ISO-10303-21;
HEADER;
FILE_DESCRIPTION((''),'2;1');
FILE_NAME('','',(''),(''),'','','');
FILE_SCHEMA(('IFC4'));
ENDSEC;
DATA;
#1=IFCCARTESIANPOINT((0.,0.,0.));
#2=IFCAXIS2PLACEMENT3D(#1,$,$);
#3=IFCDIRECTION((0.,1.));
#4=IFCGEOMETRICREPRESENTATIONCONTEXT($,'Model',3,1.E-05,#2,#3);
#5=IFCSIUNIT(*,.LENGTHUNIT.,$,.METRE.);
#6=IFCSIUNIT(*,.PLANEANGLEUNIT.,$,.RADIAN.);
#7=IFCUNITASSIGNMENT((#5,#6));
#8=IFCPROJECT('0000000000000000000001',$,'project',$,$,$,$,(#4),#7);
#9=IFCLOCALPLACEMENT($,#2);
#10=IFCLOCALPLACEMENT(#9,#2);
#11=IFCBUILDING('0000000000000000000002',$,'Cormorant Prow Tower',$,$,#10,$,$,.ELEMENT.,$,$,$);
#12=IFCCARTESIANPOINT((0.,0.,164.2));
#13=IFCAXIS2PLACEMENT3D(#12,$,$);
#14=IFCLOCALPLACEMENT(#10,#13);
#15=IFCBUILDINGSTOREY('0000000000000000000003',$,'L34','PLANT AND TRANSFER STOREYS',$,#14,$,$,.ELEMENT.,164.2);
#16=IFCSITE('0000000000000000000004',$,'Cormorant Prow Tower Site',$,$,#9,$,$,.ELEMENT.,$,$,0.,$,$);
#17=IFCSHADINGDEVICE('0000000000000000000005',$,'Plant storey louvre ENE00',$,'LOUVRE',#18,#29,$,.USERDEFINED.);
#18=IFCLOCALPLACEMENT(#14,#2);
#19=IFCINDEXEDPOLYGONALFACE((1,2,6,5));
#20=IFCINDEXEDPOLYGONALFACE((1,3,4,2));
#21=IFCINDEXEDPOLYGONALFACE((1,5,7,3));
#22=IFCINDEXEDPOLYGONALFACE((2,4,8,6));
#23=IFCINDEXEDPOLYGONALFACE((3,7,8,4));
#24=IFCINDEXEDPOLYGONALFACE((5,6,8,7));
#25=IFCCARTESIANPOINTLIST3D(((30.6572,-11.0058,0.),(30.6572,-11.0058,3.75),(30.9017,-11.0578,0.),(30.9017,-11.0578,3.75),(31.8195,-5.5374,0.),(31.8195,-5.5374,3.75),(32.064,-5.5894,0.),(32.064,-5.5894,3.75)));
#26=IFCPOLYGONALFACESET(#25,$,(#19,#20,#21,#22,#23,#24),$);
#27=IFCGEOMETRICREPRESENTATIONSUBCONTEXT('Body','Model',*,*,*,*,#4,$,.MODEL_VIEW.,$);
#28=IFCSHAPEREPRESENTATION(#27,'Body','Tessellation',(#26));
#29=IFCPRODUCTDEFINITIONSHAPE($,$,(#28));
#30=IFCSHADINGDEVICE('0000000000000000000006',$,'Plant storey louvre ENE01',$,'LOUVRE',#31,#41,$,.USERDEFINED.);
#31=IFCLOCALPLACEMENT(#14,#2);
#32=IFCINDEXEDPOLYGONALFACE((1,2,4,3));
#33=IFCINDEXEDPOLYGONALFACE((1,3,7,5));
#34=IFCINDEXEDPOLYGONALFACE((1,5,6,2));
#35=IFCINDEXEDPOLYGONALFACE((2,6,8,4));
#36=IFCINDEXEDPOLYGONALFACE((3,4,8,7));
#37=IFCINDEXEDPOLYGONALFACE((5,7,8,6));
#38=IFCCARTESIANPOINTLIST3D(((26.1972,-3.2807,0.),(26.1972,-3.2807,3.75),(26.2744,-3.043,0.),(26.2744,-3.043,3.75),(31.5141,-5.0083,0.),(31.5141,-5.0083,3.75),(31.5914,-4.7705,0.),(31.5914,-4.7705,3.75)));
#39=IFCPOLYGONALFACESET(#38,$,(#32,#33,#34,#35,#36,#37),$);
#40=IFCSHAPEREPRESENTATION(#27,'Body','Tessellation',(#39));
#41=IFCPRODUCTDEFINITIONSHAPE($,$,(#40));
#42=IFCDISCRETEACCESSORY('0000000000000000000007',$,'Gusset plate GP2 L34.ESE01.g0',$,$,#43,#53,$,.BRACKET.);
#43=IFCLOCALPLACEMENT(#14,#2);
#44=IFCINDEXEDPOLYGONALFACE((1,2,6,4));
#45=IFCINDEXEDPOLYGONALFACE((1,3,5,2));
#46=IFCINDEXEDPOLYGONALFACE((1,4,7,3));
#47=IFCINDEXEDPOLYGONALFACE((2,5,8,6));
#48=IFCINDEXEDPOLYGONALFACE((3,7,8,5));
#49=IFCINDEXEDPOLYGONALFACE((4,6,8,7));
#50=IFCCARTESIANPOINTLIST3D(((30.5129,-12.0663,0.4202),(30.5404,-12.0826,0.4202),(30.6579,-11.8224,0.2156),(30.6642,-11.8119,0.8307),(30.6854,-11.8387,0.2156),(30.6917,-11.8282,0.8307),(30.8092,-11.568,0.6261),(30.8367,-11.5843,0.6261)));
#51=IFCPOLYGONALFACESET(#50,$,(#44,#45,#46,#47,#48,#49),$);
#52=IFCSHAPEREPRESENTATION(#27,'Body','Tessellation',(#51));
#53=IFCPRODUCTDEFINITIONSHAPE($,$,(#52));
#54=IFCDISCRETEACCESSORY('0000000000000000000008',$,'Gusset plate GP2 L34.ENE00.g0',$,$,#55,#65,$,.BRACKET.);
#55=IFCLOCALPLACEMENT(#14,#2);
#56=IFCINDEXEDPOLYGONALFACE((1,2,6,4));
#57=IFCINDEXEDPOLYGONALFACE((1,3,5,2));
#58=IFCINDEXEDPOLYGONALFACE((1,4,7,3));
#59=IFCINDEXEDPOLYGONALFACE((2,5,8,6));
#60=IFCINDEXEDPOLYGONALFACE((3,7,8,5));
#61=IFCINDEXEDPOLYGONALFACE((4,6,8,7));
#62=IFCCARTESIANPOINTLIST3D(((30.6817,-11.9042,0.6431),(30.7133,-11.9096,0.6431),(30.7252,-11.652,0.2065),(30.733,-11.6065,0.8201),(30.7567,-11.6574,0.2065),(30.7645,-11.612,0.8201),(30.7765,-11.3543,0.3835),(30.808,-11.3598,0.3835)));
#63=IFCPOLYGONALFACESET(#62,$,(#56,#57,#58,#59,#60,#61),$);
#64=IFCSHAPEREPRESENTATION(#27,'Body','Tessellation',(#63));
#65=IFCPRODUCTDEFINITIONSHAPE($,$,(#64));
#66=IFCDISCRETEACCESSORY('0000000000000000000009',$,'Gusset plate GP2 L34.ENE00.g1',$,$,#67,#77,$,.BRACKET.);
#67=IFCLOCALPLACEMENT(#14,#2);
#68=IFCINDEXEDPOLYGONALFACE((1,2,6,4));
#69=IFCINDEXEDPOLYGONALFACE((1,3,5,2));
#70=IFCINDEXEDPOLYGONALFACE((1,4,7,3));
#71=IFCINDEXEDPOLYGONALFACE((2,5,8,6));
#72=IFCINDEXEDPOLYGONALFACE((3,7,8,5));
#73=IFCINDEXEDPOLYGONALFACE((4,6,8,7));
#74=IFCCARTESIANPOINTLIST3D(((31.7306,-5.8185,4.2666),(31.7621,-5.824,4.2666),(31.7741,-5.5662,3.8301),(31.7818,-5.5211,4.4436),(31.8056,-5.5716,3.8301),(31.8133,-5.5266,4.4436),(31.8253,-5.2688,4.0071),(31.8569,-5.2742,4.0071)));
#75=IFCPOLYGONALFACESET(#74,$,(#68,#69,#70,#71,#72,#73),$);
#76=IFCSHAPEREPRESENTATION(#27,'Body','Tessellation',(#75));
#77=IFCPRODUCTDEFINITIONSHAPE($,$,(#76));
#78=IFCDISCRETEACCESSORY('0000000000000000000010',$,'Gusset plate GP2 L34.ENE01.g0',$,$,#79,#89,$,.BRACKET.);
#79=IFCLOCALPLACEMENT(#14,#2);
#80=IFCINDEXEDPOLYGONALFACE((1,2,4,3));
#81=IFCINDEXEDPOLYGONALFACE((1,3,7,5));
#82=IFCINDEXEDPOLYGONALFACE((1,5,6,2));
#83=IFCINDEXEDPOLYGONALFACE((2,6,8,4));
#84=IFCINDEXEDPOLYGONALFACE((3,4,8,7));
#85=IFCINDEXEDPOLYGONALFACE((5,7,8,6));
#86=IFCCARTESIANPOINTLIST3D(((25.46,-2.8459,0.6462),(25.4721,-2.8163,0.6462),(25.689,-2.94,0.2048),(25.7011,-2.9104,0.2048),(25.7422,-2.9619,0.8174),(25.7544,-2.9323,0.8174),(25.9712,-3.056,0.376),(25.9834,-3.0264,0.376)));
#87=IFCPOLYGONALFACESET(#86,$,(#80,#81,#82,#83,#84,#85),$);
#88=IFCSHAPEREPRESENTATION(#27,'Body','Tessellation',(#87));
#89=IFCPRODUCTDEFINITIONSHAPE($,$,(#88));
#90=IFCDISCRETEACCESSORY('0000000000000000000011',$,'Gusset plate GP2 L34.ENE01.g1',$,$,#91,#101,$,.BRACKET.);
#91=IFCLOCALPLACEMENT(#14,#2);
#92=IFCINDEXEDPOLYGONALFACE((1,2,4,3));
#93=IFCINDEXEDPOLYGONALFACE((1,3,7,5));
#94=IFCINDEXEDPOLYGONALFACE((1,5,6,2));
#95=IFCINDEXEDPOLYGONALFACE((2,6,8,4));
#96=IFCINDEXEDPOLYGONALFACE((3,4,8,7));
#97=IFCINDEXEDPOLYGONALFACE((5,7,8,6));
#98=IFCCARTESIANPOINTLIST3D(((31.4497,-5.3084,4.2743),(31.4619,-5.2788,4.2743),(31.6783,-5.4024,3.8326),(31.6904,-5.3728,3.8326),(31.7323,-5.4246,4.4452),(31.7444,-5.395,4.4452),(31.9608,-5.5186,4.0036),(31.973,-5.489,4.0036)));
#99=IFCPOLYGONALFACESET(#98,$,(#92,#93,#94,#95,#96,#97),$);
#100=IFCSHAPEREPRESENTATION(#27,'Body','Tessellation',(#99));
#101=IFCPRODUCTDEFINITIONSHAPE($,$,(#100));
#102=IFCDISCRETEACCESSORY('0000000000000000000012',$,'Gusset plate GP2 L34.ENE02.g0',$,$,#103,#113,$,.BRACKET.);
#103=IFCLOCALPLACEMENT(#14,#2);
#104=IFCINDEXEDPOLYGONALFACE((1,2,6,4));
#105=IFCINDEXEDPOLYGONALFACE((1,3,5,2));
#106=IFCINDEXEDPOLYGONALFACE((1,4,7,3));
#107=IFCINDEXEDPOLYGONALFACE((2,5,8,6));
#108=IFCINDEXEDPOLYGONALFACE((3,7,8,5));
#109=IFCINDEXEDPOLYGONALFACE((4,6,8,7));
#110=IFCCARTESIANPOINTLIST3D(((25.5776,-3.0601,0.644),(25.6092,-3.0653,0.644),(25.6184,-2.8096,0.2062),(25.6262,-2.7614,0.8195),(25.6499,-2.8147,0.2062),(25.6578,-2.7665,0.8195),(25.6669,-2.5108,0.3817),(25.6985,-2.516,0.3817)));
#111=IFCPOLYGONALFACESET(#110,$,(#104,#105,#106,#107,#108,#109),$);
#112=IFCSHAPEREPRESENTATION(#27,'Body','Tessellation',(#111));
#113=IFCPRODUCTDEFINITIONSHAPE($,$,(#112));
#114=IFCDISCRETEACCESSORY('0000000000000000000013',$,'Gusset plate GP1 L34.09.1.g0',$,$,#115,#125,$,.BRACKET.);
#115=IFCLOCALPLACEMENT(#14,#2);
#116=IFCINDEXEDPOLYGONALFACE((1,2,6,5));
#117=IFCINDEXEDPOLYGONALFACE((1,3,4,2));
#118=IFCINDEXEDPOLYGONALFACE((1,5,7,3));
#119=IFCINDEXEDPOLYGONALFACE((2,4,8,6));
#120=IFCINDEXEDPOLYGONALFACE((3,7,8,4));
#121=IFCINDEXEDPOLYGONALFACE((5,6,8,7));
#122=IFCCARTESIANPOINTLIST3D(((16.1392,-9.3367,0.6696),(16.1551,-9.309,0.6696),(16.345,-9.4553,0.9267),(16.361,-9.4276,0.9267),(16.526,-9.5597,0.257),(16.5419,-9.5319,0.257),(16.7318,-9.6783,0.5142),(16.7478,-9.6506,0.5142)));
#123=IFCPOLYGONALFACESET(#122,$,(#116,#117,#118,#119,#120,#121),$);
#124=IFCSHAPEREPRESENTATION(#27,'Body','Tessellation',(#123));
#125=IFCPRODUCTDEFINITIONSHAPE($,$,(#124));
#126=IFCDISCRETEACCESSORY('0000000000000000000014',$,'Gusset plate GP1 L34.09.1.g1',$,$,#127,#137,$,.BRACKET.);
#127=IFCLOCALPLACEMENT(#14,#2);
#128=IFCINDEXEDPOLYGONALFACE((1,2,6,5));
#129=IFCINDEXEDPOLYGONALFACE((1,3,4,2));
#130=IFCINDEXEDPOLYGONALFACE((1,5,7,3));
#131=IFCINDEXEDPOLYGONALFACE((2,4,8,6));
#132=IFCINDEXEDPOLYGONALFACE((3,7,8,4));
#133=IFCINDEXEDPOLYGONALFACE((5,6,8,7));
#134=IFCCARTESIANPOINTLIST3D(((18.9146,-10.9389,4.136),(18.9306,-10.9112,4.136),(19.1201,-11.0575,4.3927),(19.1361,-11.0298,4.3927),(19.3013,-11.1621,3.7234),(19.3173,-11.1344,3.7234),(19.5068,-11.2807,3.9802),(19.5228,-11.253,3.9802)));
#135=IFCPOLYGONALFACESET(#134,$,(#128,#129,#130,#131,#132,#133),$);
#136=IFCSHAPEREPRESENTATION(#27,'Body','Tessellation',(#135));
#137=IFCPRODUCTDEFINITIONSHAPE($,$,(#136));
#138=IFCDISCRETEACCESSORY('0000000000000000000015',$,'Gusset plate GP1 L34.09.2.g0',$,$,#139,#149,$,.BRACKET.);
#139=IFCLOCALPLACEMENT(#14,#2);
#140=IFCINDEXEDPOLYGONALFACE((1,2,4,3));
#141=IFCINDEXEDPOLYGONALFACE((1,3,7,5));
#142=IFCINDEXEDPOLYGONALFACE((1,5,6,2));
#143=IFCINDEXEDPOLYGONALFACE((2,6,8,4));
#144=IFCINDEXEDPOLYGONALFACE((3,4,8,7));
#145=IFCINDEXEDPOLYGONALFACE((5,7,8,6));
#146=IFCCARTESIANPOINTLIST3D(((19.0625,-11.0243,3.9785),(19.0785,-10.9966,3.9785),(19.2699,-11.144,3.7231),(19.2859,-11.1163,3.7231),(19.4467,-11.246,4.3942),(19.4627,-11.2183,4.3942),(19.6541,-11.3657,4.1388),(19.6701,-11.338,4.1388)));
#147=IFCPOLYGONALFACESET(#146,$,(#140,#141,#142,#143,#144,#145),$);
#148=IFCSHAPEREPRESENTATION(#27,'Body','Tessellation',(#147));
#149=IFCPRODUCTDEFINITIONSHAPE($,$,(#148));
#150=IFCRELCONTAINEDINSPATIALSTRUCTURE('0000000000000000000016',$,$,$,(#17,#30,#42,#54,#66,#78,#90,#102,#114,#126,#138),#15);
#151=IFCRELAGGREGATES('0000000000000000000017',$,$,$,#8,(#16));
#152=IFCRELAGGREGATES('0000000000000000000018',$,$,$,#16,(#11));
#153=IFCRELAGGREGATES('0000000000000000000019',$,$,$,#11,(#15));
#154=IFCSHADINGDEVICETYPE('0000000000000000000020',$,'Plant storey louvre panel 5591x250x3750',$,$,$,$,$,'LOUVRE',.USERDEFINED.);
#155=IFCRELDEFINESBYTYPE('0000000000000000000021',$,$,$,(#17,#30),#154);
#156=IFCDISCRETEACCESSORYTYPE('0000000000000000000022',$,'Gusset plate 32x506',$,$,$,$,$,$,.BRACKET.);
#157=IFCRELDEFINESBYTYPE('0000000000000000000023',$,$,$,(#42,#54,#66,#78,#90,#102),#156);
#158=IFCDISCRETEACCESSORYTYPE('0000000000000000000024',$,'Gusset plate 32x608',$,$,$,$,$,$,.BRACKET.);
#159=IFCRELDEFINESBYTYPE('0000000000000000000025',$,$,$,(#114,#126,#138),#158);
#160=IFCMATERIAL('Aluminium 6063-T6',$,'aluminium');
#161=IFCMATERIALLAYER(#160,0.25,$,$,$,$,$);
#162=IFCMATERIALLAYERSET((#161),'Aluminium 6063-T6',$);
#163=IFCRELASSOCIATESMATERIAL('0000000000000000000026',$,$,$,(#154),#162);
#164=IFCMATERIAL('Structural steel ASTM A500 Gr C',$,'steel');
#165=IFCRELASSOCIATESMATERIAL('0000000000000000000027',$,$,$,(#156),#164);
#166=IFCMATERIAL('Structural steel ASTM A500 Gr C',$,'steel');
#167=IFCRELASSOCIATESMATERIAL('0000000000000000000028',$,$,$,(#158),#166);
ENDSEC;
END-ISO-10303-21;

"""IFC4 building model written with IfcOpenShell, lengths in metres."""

from ifc_helpers import new_model, si_unit, direction, frame, origin, origin_2d, place, context, subcontext, project, spatial, rectangle, extrude, material, layer, layer_set, material_profile, profile_set, type_object, element, save


model = new_model("IFC4")

# Units and contexts
model_context = context("Model", 3, precision=1e-05, world=origin(), true_north=direction((0.0, 1.0)))
body_context = subcontext(model_context, "Body", "Model", "MODEL_VIEW")
ifc_project = project(units=[si_unit("LENGTHUNIT", "METRE"), si_unit("PLANEANGLEUNIT", "RADIAN")], contexts=[model_context])

# Site, building, storey
site_placement = place(None, origin())
site = spatial("IfcSite", under=ifc_project, at=site_placement, Name="Cormorant Prow Tower Site", CompositionType="ELEMENT", RefElevation=0.0)
building_placement = place(site_placement, origin())
building = spatial("IfcBuilding", under=site, at=building_placement, Name="Cormorant Prow Tower", CompositionType="ELEMENT")
storey_placement = place(building_placement, frame((0.0, 0.0, 164.2)))
storey = spatial("IfcBuildingStorey", under=building, at=storey_placement, Name="L34", Description="PLANT AND TRANSFER STOREYS", CompositionType="ELEMENT", Elevation=164.2)

# Shading devices
ifc_material_1 = material(Name="Aluminium 6063-T6", Category="aluminium")
ifc_layer_1 = layer(ifc_material_1, 0.25)
ifc_layer_set_1 = layer_set([ifc_layer_1], Name="Aluminium 6063-T6")
shading_device_type = type_object("IfcShadingDeviceType", Name="Plant storey louvre panel 5591x250x3750", ElementType="LOUVRE", PredefinedType="USERDEFINED", material=ifc_layer_set_1)
for number, where, z_axis, x_axis, name in (
    (1, (31.3606, -8.2976, 0.0), (0.0, 0.0, 1.0), (0.207912, 0.978148, 0.0), "Plant storey louvre ENE00"),
    (2, (28.8943, -4.0256, 0.0), (0.0, 0.0, 1.0), (-0.951057, 0.309017, 0.0), "Plant storey louvre ENE01"),
):
    element("IfcShadingDevice", number, at=place(storey_placement, frame(where, z_axis=z_axis, x_axis=x_axis)), inside=storey, type_object=shading_device_type, Name=name, ObjectType="LOUVRE", PredefinedType="USERDEFINED", context=body_context, shape_type="SweptSolid", body=[
        extrude(rectangle(XDim=5.5906, YDim=0.25, at=origin_2d()), origin(), (0.0, 0.0, 1.0), 3.75),
    ])

# Discrete accessories
ifc_material_2 = material(Name="Structural steel ASTM A500 Gr C", Category="steel")
ifc_material_profile_1 = material_profile(ifc_material_2, rectangle(XDim=0.032, YDim=0.5061, at=origin_2d()), Name="Gusset plate 32x506")
ifc_profile_set_1 = profile_set([ifc_material_profile_1], Name="Structural steel ASTM A500 Gr C")
discrete_accessory_type_1 = type_object("IfcDiscreteAccessoryType", Name="Gusset plate 32x506", PredefinedType="BRACKET", material=ifc_profile_set_1)
discrete_accessory_1_placement = place(storey_placement, frame((30.6023, -11.9473, 0.6255), z_axis=(0.414556, 0.697208, -0.584845), x_axis=(-0.859536, 0.511075, 0.0)))
element("IfcDiscreteAccessory", 3, at=discrete_accessory_1_placement, inside=storey, type_object=discrete_accessory_type_1, Name="Gusset plate GP2 L34.ESE01.g0", PredefinedType="BRACKET", context=body_context, shape_type="SweptSolid", body=[
    extrude(rectangle(XDim=0.032, YDim=0.5061, at=origin_2d()), origin(), (0.0, 0.0, 1.0), 0.3499),
])
discrete_accessory_2_placement = place(storey_placement, frame((30.7705, -11.4832, 0.6018), z_axis=(-0.146467, -0.850208, -0.505661), x_axis=(0.985483, -0.169772, 0.0)))
element("IfcDiscreteAccessory", 4, at=discrete_accessory_2_placement, inside=storey, type_object=discrete_accessory_type_1, Name="Gusset plate GP2 L34.ENE00.g0", PredefinedType="BRACKET", context=body_context, shape_type="SweptSolid", body=[
    extrude(rectangle(XDim=0.032, YDim=0.5061, at=origin_2d()), origin(), (0.0, 0.0, 1.0), 0.3501),
])
for number, where, z_axis, x_axis, name in (
    (5, (31.7681, -5.6951, 4.0483), (0.146554, 0.850015, 0.505961), (-0.98546, 0.169907, 0.0), "Gusset plate GP2 L34.ENE00.g1"),
    (6, (25.8628, -2.9941, 0.5967), (-0.806724, 0.331483, -0.489199), (-0.380066, -0.92496, 0.0), "Gusset plate GP2 L34.ENE01.g0"),
):
    element("IfcDiscreteAccessory", number, at=place(storey_placement, frame(where, z_axis=z_axis, x_axis=x_axis)), inside=storey, type_object=discrete_accessory_type_1, Name=name, PredefinedType="BRACKET", context=body_context, shape_type="SweptSolid", body=[
        extrude(rectangle(XDim=0.032, YDim=0.5061, at=origin_2d()), origin(), (0.0, 0.0, 1.0), 0.3499),
    ])
discrete_accessory_3_placement = place(storey_placement, frame((31.5701, -5.3406, 4.0535), z_axis=(0.807056, -0.33203, 0.488279), x_axis=(0.380468, 0.924794, 0.0)))
element("IfcDiscreteAccessory", 7, at=discrete_accessory_3_placement, inside=storey, type_object=discrete_accessory_type_1, Name="Gusset plate GP2 L34.ENE01.g1", PredefinedType="BRACKET", context=body_context, shape_type="SweptSolid", body=[
    extrude(rectangle(XDim=0.032, YDim=0.5061, at=origin_2d()), origin(), (0.0, 0.0, 1.0), 0.3501),
])
discrete_accessory_4_placement = place(storey_placement, frame((25.6624, -2.6387, 0.6006), z_axis=(-0.138827, -0.853892, -0.501592), x_axis=(0.98704, -0.160475, 0.0)))
element("IfcDiscreteAccessory", 8, at=discrete_accessory_4_placement, inside=storey, type_object=discrete_accessory_type_1, Name="Gusset plate GP2 L34.ENE02.g0", PredefinedType="BRACKET", context=body_context, shape_type="SweptSolid", body=[
    extrude(rectangle(XDim=0.032, YDim=0.5061, at=origin_2d()), origin(), (0.0, 0.0, 1.0), 0.3499),
])
ifc_material_3 = material(Name="Structural steel ASTM A500 Gr C", Category="steel")
ifc_material_profile_2 = material_profile(ifc_material_3, rectangle(XDim=0.032, YDim=0.6079, at=origin_2d()), Name="Gusset plate 32x608")
ifc_profile_set_2 = profile_set([ifc_material_profile_2], Name="Structural steel ASTM A500 Gr C")
discrete_accessory_type_2 = type_object("IfcDiscreteAccessoryType", Name="Gusset plate 32x608", PredefinedType="BRACKET", material=ifc_profile_set_2)
discrete_accessory_5_placement = place(storey_placement, frame((16.5464, -9.553, 0.7205), z_axis=(-0.587966, 0.33897, -0.734435), x_axis=(-0.499456, -0.86634, 0.0)))
element("IfcDiscreteAccessory", 9, at=discrete_accessory_5_placement, inside=storey, type_object=discrete_accessory_type_2, Name="Gusset plate GP1 L34.09.1.g0", PredefinedType="BRACKET", context=body_context, shape_type="SweptSolid", body=[
    extrude(rectangle(XDim=0.032, YDim=0.6079, at=origin_2d()), origin(), (0.0, 0.0, 1.0), 0.3501),
])
discrete_accessory_6_placement = place(storey_placement, frame((19.116, -11.0366, 3.9297), z_axis=(0.587811, -0.339283, 0.734415), x_axis=(0.499901, 0.866083, 0.0)))
element("IfcDiscreteAccessory", 10, at=discrete_accessory_6_placement, inside=storey, type_object=discrete_accessory_type_2, Name="Gusset plate GP1 L34.09.1.g1", PredefinedType="BRACKET", context=body_context, shape_type="SweptSolid", body=[
    extrude(rectangle(XDim=0.032, YDim=0.6079, at=origin_2d()), origin(), (0.0, 0.0, 1.0), 0.3496),
])
discrete_accessory_7_placement = place(storey_placement, frame((19.47, -11.241, 3.9309), z_axis=(-0.592243, 0.341813, 0.729666), x_axis=(-0.49987, -0.866101, 0.0)))
element("IfcDiscreteAccessory", 11, at=discrete_accessory_7_placement, inside=storey, type_object=discrete_accessory_type_2, Name="Gusset plate GP1 L34.09.2.g0", PredefinedType="BRACKET", context=body_context, shape_type="SweptSolid", body=[
    extrude(rectangle(XDim=0.032, YDim=0.6079, at=origin_2d()), origin(), (0.0, 0.0, 1.0), 0.3501),
])

save(model, "model.ifc")
